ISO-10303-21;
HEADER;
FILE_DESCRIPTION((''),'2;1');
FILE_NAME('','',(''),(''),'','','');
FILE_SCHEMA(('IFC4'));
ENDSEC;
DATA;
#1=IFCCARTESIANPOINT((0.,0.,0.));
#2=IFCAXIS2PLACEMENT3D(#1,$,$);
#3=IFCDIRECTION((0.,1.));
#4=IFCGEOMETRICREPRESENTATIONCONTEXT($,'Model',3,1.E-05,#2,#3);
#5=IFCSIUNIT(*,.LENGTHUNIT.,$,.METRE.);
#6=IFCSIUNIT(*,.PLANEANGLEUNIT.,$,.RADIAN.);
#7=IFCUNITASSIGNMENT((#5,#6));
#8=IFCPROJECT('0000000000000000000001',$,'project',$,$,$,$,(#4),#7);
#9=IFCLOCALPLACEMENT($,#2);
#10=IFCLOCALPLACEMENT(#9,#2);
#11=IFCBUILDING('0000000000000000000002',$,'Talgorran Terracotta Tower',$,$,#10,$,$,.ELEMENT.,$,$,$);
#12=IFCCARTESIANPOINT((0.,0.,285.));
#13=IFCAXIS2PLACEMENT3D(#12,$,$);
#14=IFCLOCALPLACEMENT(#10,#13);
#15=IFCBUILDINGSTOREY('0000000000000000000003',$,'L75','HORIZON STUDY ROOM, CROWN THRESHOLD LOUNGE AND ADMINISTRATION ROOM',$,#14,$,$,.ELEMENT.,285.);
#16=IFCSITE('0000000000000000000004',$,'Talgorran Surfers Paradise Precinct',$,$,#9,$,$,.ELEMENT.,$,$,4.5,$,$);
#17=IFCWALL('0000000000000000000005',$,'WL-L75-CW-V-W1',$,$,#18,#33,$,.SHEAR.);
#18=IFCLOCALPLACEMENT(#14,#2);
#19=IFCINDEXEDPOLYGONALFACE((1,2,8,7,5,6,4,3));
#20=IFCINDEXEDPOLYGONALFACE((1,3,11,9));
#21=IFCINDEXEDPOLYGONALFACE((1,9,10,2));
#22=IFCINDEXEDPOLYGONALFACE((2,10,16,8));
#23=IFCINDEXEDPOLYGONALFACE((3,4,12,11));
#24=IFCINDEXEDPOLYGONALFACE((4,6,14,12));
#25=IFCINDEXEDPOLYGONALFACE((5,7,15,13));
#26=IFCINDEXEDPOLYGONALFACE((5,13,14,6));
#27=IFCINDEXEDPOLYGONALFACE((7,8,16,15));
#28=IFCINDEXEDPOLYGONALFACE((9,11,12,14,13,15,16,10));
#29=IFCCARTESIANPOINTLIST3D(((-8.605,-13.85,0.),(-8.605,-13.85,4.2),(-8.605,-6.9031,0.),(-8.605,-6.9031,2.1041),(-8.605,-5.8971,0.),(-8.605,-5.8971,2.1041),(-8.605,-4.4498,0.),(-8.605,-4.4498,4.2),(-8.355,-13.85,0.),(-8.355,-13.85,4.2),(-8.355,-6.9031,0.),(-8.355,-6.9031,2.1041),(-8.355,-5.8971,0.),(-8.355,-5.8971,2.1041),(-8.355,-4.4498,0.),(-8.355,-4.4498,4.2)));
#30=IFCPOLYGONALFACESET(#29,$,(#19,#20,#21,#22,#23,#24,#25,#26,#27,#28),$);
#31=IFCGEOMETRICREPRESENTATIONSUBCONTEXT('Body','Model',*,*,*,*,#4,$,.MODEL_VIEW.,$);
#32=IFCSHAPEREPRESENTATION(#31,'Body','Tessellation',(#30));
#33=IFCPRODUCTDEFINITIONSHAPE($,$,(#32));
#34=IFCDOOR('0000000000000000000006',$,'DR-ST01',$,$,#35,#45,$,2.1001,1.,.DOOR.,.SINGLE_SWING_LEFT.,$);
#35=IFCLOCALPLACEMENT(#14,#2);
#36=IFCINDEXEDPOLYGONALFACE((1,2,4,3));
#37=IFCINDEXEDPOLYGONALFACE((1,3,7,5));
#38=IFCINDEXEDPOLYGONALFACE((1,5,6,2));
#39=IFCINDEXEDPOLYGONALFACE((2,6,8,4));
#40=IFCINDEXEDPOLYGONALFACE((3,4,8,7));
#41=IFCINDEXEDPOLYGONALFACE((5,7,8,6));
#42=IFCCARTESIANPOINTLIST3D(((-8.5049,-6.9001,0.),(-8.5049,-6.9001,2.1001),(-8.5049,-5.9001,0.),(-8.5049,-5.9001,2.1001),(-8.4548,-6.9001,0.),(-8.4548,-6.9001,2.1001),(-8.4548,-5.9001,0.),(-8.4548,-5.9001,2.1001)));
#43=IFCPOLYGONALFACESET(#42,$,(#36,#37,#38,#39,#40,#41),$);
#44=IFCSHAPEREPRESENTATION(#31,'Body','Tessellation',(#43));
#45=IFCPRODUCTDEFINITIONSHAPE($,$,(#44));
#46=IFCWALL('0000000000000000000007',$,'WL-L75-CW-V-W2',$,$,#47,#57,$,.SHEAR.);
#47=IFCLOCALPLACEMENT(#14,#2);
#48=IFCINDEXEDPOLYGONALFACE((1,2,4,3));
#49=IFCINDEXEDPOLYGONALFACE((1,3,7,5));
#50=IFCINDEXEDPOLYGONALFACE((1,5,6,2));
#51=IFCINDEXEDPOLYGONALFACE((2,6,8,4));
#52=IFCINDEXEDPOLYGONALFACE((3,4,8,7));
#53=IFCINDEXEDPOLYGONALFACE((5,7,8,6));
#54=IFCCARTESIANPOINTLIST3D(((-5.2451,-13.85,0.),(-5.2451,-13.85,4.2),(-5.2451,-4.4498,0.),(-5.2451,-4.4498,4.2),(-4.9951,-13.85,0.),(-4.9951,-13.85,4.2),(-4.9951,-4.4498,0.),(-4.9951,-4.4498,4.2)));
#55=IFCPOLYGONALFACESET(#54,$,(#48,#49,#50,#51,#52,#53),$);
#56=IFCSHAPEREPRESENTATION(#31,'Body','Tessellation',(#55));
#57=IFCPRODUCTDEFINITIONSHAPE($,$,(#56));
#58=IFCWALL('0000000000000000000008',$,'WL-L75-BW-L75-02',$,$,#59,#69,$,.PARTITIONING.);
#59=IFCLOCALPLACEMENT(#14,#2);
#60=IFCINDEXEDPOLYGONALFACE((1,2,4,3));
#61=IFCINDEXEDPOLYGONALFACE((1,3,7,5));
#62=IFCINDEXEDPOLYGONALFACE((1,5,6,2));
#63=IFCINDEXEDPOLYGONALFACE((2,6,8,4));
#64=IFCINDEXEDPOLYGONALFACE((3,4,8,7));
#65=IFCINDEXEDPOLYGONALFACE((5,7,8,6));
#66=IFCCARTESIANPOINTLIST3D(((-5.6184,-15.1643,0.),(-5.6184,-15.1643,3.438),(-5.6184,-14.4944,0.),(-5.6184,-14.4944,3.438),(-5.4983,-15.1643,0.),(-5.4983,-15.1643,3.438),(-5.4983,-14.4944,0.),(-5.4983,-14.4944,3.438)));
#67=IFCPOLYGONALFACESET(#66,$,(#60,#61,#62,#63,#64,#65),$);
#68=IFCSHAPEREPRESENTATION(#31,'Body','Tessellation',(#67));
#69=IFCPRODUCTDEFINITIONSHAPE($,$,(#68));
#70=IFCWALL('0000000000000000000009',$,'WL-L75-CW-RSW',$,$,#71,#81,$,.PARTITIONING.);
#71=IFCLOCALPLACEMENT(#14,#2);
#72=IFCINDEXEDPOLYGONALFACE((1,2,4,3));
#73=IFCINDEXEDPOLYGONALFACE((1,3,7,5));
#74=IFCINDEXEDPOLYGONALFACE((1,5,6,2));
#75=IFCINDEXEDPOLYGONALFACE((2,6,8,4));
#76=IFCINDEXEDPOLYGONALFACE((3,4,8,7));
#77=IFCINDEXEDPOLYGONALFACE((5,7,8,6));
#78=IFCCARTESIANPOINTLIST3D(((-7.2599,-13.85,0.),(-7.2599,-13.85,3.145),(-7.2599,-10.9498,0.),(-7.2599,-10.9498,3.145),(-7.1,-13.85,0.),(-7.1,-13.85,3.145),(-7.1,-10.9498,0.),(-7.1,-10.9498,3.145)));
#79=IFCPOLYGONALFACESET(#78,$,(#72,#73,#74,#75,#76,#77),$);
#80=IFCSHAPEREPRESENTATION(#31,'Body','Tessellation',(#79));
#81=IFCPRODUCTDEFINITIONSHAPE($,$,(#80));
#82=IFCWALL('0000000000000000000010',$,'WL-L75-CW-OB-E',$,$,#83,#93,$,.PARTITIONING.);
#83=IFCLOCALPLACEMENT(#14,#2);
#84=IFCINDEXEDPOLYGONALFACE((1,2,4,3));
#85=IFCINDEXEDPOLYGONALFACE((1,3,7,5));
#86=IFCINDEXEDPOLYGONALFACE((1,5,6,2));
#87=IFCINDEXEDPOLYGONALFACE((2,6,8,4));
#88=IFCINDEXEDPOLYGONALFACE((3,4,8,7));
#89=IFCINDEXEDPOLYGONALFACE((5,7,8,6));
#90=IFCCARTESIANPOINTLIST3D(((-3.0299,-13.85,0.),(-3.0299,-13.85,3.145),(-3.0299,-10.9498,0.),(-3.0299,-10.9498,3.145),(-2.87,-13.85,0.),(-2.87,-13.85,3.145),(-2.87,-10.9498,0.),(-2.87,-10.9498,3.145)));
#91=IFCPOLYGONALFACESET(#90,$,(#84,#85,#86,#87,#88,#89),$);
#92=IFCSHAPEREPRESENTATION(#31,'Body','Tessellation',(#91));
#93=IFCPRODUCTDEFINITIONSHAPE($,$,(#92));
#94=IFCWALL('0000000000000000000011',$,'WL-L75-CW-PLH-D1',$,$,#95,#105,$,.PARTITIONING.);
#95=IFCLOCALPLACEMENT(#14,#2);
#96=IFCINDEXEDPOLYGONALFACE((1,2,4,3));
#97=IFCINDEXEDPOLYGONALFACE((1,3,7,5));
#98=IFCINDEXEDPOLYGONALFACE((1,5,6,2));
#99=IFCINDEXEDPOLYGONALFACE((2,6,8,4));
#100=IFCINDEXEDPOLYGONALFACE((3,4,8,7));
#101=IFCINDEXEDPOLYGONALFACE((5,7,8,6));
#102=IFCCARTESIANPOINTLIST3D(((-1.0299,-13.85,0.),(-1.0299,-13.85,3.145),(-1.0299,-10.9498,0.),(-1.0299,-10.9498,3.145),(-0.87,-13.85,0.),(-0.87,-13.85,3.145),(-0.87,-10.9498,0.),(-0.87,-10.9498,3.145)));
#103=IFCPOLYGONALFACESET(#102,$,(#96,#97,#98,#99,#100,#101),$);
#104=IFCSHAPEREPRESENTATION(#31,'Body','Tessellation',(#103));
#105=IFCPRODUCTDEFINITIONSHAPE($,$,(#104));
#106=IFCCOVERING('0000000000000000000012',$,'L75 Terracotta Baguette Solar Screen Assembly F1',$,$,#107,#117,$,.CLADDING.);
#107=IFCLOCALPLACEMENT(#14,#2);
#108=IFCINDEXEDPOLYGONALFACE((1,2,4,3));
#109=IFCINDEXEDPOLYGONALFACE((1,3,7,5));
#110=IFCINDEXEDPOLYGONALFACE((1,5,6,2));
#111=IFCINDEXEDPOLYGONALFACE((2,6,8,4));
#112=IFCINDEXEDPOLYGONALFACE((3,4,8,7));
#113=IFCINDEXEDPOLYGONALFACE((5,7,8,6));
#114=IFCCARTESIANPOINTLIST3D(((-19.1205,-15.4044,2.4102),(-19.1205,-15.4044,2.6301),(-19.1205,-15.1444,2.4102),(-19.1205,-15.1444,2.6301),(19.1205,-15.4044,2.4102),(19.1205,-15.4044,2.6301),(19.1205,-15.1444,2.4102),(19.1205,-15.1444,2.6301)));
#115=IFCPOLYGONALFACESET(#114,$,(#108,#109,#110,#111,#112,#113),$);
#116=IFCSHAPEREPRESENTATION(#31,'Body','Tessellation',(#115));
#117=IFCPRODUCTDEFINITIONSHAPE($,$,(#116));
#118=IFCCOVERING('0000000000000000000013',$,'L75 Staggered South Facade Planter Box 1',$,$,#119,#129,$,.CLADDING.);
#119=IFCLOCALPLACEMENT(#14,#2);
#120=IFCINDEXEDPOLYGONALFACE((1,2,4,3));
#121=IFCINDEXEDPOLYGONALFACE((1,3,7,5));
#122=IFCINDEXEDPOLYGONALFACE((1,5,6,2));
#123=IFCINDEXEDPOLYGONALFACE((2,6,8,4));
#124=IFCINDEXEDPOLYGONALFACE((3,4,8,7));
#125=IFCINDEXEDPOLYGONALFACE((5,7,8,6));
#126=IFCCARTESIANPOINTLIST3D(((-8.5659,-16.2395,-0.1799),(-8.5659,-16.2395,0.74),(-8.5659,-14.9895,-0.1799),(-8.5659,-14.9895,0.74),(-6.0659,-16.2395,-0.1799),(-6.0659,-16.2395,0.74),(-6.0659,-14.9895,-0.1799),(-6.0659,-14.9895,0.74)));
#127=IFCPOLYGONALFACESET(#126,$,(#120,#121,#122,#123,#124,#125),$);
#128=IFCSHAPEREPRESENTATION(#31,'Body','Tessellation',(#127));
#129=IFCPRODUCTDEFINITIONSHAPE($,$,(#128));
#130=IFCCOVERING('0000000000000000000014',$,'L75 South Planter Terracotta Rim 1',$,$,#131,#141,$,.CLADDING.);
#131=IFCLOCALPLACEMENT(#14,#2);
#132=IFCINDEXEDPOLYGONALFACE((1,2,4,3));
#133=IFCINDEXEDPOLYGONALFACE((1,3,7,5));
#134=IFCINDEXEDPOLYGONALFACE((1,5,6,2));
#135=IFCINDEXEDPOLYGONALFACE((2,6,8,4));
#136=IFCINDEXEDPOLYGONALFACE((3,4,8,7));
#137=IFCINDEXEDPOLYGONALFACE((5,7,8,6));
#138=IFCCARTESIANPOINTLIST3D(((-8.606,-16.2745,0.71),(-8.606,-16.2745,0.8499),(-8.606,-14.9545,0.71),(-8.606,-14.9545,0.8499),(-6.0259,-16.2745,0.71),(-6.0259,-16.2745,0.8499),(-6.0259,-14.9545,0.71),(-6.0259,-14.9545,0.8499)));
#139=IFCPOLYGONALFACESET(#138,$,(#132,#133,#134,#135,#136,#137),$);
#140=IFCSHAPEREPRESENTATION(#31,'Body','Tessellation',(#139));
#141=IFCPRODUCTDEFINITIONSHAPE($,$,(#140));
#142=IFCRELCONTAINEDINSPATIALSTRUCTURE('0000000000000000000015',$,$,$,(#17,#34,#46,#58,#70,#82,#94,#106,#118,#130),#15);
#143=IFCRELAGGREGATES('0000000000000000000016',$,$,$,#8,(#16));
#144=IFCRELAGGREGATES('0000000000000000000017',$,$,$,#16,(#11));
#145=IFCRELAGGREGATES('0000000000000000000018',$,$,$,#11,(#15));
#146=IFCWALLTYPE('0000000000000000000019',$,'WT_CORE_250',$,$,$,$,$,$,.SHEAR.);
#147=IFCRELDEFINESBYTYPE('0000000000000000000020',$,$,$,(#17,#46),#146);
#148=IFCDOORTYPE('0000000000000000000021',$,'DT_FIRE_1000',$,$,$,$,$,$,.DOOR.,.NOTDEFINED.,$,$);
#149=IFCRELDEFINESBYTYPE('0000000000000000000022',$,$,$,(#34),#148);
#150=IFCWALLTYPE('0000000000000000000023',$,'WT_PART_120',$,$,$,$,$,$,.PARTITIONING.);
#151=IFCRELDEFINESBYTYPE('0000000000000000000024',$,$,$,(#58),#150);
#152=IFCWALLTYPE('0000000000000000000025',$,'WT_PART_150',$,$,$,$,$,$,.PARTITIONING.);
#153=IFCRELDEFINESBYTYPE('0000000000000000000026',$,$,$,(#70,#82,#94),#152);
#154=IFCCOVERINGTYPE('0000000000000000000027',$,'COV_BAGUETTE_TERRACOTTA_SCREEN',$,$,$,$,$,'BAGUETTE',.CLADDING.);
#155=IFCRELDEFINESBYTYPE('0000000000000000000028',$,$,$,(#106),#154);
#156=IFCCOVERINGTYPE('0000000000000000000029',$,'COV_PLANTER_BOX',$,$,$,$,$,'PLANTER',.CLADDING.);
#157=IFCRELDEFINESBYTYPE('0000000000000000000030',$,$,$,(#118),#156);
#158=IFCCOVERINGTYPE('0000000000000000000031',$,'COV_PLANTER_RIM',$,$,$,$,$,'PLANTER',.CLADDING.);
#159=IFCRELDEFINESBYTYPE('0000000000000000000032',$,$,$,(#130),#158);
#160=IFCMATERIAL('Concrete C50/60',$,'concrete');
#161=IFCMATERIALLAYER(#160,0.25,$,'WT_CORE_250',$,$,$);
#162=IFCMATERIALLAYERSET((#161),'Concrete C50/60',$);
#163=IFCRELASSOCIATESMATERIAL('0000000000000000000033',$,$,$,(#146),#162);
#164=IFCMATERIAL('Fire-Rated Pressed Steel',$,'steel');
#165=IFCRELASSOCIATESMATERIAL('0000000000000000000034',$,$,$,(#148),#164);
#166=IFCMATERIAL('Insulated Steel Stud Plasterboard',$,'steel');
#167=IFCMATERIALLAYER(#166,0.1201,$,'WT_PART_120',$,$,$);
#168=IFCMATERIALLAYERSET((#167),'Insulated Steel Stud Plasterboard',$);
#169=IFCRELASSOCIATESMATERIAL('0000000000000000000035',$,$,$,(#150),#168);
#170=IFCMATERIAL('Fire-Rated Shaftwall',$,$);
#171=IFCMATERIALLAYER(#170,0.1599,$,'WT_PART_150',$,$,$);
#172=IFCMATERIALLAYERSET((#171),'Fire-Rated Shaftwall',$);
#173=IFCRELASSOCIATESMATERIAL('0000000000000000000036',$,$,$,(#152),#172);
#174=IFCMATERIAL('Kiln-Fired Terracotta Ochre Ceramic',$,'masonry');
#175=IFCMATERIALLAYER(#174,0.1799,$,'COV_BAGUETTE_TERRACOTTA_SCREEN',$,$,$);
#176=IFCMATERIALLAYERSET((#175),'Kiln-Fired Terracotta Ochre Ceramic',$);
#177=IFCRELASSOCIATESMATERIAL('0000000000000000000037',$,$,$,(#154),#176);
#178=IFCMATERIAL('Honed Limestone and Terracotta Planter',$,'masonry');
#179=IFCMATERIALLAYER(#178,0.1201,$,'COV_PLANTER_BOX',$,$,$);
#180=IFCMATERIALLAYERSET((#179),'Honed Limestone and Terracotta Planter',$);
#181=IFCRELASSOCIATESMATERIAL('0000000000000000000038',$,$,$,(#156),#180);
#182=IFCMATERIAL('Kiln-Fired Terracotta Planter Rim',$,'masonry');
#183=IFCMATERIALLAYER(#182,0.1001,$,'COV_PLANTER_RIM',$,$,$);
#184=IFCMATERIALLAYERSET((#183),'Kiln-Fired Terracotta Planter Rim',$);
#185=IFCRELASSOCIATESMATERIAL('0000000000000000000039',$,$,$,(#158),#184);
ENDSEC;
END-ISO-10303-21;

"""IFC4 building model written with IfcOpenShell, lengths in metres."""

from ifc_helpers import new_model, si_unit, direction, frame, frame_2d, origin, origin_2d, place, context, subcontext, project, spatial, rectangle, extrude, material, layer, layer_set, type_object, element, fill, save


model = new_model("IFC4")

# Units and contexts
model_context = context("Model", 3, precision=1e-05, world=origin(), true_north=direction((0.0, 1.0)))
body_context = subcontext(model_context, "Body", "Model", "MODEL_VIEW")
ifc_project = project(units=[si_unit("LENGTHUNIT", "METRE"), si_unit("PLANEANGLEUNIT", "RADIAN")], contexts=[model_context])

# Site, building, storey
site_placement = place(None, origin())
site = spatial("IfcSite", under=ifc_project, at=site_placement, Name="Talgorran Surfers Paradise Precinct", CompositionType="ELEMENT", RefElevation=4.5)
building_placement = place(site_placement, origin())
building = spatial("IfcBuilding", under=site, at=building_placement, Name="Talgorran Terracotta Tower", CompositionType="ELEMENT")
storey_placement = place(building_placement, frame((0.0, 0.0, 285.0)))
storey = spatial("IfcBuildingStorey", under=building, at=storey_placement, Name="L75", Description="HORIZON STUDY ROOM, CROWN THRESHOLD LOUNGE AND ADMINISTRATION ROOM", CompositionType="ELEMENT", Elevation=285.0)

# Shared definitions
ifc_material_1 = material(Name="Concrete C50/60", Category="concrete")

# Shared definitions
ifc_material_2 = material(Name="Fire-Rated Pressed Steel", Category="steel")

# Wall, opening, door
ifc_layer_1 = layer(ifc_material_1, 0.25, Name="WT_CORE_250")
ifc_layer_set_1 = layer_set([ifc_layer_1], Name="Concrete C50/60")
wall_type_1 = type_object("IfcWallType", Name="WT_CORE_250", PredefinedType="SHEAR", material=ifc_layer_set_1)
wall_1_placement = place(storey_placement, frame((-8.48, -13.8501, 0.0), z_axis=(0.0, 0.0, 1.0), x_axis=(0.0, 1.0, 0.0)))
wall_1 = element("IfcWall", 1, at=wall_1_placement, inside=storey, type_object=wall_type_1, Name="WL-L75-CW-V-W1", PredefinedType="SHEAR", context=body_context, shape_type="SweptSolid", body=[
    extrude(rectangle(XDim=9.4001, YDim=0.25, at=frame_2d((4.7002, 0.0))), origin(), (0.0, 0.0, 1.0), 4.2),
])
opening_1_placement = place(wall_1_placement, frame((6.95, 0.0, 0.0)))
opening_1 = element("IfcOpeningElement", 2, at=opening_1_placement, cuts=wall_1, PredefinedType="OPENING", context=body_context, shape_type="SweptSolid", body=[
    extrude(rectangle(XDim=1.006, YDim=2.1041, at=frame_2d((0.5, 1.052))), frame((0.0, 0.135, 0.0), z_axis=(0.0, -1.0, 0.0), x_axis=(1.0, 0.0, 0.0)), (0.0, 0.0, 1.0), 0.27),
])
door_type_1 = type_object("IfcDoorType", Name="DT_FIRE_1000", OperationType="NOTDEFINED", PredefinedType="DOOR", material=ifc_material_2)
door_1_placement = place(opening_1_placement, origin())
door_1 = element("IfcDoor", 3, at=door_1_placement, inside=storey, type_object=door_type_1, Name="DR-ST01", OperationType="SINGLE_SWING_LEFT", OverallHeight=2.1001, OverallWidth=1.0, PredefinedType="DOOR", context=body_context, shape_type="SweptSolid", body=[
    extrude(rectangle(XDim=1.0, YDim=2.1001, at=frame_2d((0.5, 1.05))), frame((0.0, 0.0249, 0.0), z_axis=(0.0, -1.0, 0.0), x_axis=(1.0, 0.0, 0.0)), (0.0, 0.0, 1.0), 0.05),
])
fill(opening_1, door_1)

# Walls
wall_2_placement = place(storey_placement, frame((-5.1201, -13.8501, 0.0), z_axis=(0.0, 0.0, 1.0), x_axis=(0.0, 1.0, 0.0)))
element("IfcWall", 4, at=wall_2_placement, inside=storey, type_object=wall_type_1, Name="WL-L75-CW-V-W2", PredefinedType="SHEAR", context=body_context, shape_type="SweptSolid", body=[
    extrude(rectangle(XDim=9.4001, YDim=0.25, at=frame_2d((4.7002, 0.0))), origin(), (0.0, 0.0, 1.0), 4.2),
])
ifc_material_3 = material(Name="Insulated Steel Stud Plasterboard", Category="steel")
ifc_layer_2 = layer(ifc_material_3, 0.1201, Name="WT_PART_120")
ifc_layer_set_2 = layer_set([ifc_layer_2], Name="Insulated Steel Stud Plasterboard")
wall_type_2 = type_object("IfcWallType", Name="WT_PART_120", PredefinedType="PARTITIONING", material=ifc_layer_set_2)
wall_3_placement = place(storey_placement, frame((-5.5583, -14.4944, 0.0), z_axis=(0.0, 0.0, 1.0), x_axis=(0.0, -1.0, 0.0)))
element("IfcWall", 5, at=wall_3_placement, inside=storey, type_object=wall_type_2, Name="WL-L75-BW-L75-02", PredefinedType="PARTITIONING", context=body_context, shape_type="SweptSolid", body=[
    extrude(rectangle(XDim=0.6699, YDim=0.1201, at=frame_2d((0.335, 0.0))), origin(), (0.0, 0.0, 1.0), 3.438),
])
ifc_material_4 = material(Name="Fire-Rated Shaftwall")
ifc_layer_3 = layer(ifc_material_4, 0.1599, Name="WT_PART_150")
ifc_layer_set_3 = layer_set([ifc_layer_3], Name="Fire-Rated Shaftwall")
wall_type_3 = type_object("IfcWallType", Name="WT_PART_150", PredefinedType="PARTITIONING", material=ifc_layer_set_3)
for number, where, z_axis, x_axis, name in (
    (6, (-7.1799, -13.8501, 0.0), (0.0, 0.0, 1.0), (0.0, 1.0, 0.0), "WL-L75-CW-RSW"),
    (7, (-2.95, -13.8501, 0.0), (0.0, 0.0, 1.0), (0.0, 1.0, 0.0), "WL-L75-CW-OB-E"),
    (8, (-0.95, -13.8501, 0.0), (0.0, 0.0, 1.0), (0.0, 1.0, 0.0), "WL-L75-CW-PLH-D1"),
):
    element("IfcWall", number, at=place(storey_placement, frame(where, z_axis=z_axis, x_axis=x_axis)), inside=storey, type_object=wall_type_3, Name=name, PredefinedType="PARTITIONING", context=body_context, shape_type="SweptSolid", body=[
        extrude(rectangle(XDim=2.9001, YDim=0.1599, at=frame_2d((1.4502, 0.0))), origin(), (0.0, 0.0, 1.0), 3.145),
    ])

# Coverings
ifc_material_5 = material(Name="Kiln-Fired Terracotta Ochre Ceramic", Category="masonry")
ifc_layer_4 = layer(ifc_material_5, 0.1799, Name="COV_BAGUETTE_TERRACOTTA_SCREEN")
ifc_layer_set_4 = layer_set([ifc_layer_4], Name="Kiln-Fired Terracotta Ochre Ceramic")
covering_type_1 = type_object("IfcCoveringType", Name="COV_BAGUETTE_TERRACOTTA_SCREEN", ElementType="BAGUETTE", PredefinedType="CLADDING", material=ifc_layer_set_4)
covering_1_placement = place(storey_placement, frame((0.0, -15.2744, 2.4102), z_axis=(0.0, 0.0, 1.0), x_axis=(1.0, 0.0, 0.0)))
element("IfcCovering", 9, at=covering_1_placement, inside=storey, type_object=covering_type_1, Name="L75 Terracotta Baguette Solar Screen Assembly F1", PredefinedType="CLADDING", context=body_context, shape_type="SweptSolid", body=[
    extrude(rectangle(XDim=38.241, YDim=0.26, at=origin_2d()), origin(), (0.0, 0.0, 1.0), 0.22),
])
ifc_material_6 = material(Name="Honed Limestone and Terracotta Planter", Category="masonry")
ifc_layer_5 = layer(ifc_material_6, 0.1201, Name="COV_PLANTER_BOX")
ifc_layer_set_5 = layer_set([ifc_layer_5], Name="Honed Limestone and Terracotta Planter")
covering_type_2 = type_object("IfcCoveringType", Name="COV_PLANTER_BOX", ElementType="PLANTER", PredefinedType="CLADDING", material=ifc_layer_set_5)
covering_2_placement = place(storey_placement, frame((-7.3159, -15.6145, -0.1799), z_axis=(0.0, 0.0, 1.0), x_axis=(1.0, 0.0, 0.0)))
element("IfcCovering", 10, at=covering_2_placement, inside=storey, type_object=covering_type_2, Name="L75 Staggered South Facade Planter Box 1", PredefinedType="CLADDING", context=body_context, shape_type="SweptSolid", body=[
    extrude(rectangle(XDim=2.5, YDim=1.25, at=origin_2d()), origin(), (0.0, 0.0, 1.0), 0.9199),
])
ifc_material_7 = material(Name="Kiln-Fired Terracotta Planter Rim", Category="masonry")
ifc_layer_6 = layer(ifc_material_7, 0.1001, Name="COV_PLANTER_RIM")
ifc_layer_set_6 = layer_set([ifc_layer_6], Name="Kiln-Fired Terracotta Planter Rim")
covering_type_3 = type_object("IfcCoveringType", Name="COV_PLANTER_RIM", ElementType="PLANTER", PredefinedType="CLADDING", material=ifc_layer_set_6)
covering_3_placement = place(storey_placement, frame((-7.3159, -15.6145, 0.71), z_axis=(0.0, 0.0, 1.0), x_axis=(1.0, 0.0, 0.0)))
element("IfcCovering", 11, at=covering_3_placement, inside=storey, type_object=covering_type_3, Name="L75 South Planter Terracotta Rim 1", PredefinedType="CLADDING", context=body_context, shape_type="SweptSolid", body=[
    extrude(rectangle(XDim=2.5801, YDim=1.3201, at=origin_2d()), origin(), (0.0, 0.0, 1.0), 0.1399),
])

save(model, "model.ifc")
